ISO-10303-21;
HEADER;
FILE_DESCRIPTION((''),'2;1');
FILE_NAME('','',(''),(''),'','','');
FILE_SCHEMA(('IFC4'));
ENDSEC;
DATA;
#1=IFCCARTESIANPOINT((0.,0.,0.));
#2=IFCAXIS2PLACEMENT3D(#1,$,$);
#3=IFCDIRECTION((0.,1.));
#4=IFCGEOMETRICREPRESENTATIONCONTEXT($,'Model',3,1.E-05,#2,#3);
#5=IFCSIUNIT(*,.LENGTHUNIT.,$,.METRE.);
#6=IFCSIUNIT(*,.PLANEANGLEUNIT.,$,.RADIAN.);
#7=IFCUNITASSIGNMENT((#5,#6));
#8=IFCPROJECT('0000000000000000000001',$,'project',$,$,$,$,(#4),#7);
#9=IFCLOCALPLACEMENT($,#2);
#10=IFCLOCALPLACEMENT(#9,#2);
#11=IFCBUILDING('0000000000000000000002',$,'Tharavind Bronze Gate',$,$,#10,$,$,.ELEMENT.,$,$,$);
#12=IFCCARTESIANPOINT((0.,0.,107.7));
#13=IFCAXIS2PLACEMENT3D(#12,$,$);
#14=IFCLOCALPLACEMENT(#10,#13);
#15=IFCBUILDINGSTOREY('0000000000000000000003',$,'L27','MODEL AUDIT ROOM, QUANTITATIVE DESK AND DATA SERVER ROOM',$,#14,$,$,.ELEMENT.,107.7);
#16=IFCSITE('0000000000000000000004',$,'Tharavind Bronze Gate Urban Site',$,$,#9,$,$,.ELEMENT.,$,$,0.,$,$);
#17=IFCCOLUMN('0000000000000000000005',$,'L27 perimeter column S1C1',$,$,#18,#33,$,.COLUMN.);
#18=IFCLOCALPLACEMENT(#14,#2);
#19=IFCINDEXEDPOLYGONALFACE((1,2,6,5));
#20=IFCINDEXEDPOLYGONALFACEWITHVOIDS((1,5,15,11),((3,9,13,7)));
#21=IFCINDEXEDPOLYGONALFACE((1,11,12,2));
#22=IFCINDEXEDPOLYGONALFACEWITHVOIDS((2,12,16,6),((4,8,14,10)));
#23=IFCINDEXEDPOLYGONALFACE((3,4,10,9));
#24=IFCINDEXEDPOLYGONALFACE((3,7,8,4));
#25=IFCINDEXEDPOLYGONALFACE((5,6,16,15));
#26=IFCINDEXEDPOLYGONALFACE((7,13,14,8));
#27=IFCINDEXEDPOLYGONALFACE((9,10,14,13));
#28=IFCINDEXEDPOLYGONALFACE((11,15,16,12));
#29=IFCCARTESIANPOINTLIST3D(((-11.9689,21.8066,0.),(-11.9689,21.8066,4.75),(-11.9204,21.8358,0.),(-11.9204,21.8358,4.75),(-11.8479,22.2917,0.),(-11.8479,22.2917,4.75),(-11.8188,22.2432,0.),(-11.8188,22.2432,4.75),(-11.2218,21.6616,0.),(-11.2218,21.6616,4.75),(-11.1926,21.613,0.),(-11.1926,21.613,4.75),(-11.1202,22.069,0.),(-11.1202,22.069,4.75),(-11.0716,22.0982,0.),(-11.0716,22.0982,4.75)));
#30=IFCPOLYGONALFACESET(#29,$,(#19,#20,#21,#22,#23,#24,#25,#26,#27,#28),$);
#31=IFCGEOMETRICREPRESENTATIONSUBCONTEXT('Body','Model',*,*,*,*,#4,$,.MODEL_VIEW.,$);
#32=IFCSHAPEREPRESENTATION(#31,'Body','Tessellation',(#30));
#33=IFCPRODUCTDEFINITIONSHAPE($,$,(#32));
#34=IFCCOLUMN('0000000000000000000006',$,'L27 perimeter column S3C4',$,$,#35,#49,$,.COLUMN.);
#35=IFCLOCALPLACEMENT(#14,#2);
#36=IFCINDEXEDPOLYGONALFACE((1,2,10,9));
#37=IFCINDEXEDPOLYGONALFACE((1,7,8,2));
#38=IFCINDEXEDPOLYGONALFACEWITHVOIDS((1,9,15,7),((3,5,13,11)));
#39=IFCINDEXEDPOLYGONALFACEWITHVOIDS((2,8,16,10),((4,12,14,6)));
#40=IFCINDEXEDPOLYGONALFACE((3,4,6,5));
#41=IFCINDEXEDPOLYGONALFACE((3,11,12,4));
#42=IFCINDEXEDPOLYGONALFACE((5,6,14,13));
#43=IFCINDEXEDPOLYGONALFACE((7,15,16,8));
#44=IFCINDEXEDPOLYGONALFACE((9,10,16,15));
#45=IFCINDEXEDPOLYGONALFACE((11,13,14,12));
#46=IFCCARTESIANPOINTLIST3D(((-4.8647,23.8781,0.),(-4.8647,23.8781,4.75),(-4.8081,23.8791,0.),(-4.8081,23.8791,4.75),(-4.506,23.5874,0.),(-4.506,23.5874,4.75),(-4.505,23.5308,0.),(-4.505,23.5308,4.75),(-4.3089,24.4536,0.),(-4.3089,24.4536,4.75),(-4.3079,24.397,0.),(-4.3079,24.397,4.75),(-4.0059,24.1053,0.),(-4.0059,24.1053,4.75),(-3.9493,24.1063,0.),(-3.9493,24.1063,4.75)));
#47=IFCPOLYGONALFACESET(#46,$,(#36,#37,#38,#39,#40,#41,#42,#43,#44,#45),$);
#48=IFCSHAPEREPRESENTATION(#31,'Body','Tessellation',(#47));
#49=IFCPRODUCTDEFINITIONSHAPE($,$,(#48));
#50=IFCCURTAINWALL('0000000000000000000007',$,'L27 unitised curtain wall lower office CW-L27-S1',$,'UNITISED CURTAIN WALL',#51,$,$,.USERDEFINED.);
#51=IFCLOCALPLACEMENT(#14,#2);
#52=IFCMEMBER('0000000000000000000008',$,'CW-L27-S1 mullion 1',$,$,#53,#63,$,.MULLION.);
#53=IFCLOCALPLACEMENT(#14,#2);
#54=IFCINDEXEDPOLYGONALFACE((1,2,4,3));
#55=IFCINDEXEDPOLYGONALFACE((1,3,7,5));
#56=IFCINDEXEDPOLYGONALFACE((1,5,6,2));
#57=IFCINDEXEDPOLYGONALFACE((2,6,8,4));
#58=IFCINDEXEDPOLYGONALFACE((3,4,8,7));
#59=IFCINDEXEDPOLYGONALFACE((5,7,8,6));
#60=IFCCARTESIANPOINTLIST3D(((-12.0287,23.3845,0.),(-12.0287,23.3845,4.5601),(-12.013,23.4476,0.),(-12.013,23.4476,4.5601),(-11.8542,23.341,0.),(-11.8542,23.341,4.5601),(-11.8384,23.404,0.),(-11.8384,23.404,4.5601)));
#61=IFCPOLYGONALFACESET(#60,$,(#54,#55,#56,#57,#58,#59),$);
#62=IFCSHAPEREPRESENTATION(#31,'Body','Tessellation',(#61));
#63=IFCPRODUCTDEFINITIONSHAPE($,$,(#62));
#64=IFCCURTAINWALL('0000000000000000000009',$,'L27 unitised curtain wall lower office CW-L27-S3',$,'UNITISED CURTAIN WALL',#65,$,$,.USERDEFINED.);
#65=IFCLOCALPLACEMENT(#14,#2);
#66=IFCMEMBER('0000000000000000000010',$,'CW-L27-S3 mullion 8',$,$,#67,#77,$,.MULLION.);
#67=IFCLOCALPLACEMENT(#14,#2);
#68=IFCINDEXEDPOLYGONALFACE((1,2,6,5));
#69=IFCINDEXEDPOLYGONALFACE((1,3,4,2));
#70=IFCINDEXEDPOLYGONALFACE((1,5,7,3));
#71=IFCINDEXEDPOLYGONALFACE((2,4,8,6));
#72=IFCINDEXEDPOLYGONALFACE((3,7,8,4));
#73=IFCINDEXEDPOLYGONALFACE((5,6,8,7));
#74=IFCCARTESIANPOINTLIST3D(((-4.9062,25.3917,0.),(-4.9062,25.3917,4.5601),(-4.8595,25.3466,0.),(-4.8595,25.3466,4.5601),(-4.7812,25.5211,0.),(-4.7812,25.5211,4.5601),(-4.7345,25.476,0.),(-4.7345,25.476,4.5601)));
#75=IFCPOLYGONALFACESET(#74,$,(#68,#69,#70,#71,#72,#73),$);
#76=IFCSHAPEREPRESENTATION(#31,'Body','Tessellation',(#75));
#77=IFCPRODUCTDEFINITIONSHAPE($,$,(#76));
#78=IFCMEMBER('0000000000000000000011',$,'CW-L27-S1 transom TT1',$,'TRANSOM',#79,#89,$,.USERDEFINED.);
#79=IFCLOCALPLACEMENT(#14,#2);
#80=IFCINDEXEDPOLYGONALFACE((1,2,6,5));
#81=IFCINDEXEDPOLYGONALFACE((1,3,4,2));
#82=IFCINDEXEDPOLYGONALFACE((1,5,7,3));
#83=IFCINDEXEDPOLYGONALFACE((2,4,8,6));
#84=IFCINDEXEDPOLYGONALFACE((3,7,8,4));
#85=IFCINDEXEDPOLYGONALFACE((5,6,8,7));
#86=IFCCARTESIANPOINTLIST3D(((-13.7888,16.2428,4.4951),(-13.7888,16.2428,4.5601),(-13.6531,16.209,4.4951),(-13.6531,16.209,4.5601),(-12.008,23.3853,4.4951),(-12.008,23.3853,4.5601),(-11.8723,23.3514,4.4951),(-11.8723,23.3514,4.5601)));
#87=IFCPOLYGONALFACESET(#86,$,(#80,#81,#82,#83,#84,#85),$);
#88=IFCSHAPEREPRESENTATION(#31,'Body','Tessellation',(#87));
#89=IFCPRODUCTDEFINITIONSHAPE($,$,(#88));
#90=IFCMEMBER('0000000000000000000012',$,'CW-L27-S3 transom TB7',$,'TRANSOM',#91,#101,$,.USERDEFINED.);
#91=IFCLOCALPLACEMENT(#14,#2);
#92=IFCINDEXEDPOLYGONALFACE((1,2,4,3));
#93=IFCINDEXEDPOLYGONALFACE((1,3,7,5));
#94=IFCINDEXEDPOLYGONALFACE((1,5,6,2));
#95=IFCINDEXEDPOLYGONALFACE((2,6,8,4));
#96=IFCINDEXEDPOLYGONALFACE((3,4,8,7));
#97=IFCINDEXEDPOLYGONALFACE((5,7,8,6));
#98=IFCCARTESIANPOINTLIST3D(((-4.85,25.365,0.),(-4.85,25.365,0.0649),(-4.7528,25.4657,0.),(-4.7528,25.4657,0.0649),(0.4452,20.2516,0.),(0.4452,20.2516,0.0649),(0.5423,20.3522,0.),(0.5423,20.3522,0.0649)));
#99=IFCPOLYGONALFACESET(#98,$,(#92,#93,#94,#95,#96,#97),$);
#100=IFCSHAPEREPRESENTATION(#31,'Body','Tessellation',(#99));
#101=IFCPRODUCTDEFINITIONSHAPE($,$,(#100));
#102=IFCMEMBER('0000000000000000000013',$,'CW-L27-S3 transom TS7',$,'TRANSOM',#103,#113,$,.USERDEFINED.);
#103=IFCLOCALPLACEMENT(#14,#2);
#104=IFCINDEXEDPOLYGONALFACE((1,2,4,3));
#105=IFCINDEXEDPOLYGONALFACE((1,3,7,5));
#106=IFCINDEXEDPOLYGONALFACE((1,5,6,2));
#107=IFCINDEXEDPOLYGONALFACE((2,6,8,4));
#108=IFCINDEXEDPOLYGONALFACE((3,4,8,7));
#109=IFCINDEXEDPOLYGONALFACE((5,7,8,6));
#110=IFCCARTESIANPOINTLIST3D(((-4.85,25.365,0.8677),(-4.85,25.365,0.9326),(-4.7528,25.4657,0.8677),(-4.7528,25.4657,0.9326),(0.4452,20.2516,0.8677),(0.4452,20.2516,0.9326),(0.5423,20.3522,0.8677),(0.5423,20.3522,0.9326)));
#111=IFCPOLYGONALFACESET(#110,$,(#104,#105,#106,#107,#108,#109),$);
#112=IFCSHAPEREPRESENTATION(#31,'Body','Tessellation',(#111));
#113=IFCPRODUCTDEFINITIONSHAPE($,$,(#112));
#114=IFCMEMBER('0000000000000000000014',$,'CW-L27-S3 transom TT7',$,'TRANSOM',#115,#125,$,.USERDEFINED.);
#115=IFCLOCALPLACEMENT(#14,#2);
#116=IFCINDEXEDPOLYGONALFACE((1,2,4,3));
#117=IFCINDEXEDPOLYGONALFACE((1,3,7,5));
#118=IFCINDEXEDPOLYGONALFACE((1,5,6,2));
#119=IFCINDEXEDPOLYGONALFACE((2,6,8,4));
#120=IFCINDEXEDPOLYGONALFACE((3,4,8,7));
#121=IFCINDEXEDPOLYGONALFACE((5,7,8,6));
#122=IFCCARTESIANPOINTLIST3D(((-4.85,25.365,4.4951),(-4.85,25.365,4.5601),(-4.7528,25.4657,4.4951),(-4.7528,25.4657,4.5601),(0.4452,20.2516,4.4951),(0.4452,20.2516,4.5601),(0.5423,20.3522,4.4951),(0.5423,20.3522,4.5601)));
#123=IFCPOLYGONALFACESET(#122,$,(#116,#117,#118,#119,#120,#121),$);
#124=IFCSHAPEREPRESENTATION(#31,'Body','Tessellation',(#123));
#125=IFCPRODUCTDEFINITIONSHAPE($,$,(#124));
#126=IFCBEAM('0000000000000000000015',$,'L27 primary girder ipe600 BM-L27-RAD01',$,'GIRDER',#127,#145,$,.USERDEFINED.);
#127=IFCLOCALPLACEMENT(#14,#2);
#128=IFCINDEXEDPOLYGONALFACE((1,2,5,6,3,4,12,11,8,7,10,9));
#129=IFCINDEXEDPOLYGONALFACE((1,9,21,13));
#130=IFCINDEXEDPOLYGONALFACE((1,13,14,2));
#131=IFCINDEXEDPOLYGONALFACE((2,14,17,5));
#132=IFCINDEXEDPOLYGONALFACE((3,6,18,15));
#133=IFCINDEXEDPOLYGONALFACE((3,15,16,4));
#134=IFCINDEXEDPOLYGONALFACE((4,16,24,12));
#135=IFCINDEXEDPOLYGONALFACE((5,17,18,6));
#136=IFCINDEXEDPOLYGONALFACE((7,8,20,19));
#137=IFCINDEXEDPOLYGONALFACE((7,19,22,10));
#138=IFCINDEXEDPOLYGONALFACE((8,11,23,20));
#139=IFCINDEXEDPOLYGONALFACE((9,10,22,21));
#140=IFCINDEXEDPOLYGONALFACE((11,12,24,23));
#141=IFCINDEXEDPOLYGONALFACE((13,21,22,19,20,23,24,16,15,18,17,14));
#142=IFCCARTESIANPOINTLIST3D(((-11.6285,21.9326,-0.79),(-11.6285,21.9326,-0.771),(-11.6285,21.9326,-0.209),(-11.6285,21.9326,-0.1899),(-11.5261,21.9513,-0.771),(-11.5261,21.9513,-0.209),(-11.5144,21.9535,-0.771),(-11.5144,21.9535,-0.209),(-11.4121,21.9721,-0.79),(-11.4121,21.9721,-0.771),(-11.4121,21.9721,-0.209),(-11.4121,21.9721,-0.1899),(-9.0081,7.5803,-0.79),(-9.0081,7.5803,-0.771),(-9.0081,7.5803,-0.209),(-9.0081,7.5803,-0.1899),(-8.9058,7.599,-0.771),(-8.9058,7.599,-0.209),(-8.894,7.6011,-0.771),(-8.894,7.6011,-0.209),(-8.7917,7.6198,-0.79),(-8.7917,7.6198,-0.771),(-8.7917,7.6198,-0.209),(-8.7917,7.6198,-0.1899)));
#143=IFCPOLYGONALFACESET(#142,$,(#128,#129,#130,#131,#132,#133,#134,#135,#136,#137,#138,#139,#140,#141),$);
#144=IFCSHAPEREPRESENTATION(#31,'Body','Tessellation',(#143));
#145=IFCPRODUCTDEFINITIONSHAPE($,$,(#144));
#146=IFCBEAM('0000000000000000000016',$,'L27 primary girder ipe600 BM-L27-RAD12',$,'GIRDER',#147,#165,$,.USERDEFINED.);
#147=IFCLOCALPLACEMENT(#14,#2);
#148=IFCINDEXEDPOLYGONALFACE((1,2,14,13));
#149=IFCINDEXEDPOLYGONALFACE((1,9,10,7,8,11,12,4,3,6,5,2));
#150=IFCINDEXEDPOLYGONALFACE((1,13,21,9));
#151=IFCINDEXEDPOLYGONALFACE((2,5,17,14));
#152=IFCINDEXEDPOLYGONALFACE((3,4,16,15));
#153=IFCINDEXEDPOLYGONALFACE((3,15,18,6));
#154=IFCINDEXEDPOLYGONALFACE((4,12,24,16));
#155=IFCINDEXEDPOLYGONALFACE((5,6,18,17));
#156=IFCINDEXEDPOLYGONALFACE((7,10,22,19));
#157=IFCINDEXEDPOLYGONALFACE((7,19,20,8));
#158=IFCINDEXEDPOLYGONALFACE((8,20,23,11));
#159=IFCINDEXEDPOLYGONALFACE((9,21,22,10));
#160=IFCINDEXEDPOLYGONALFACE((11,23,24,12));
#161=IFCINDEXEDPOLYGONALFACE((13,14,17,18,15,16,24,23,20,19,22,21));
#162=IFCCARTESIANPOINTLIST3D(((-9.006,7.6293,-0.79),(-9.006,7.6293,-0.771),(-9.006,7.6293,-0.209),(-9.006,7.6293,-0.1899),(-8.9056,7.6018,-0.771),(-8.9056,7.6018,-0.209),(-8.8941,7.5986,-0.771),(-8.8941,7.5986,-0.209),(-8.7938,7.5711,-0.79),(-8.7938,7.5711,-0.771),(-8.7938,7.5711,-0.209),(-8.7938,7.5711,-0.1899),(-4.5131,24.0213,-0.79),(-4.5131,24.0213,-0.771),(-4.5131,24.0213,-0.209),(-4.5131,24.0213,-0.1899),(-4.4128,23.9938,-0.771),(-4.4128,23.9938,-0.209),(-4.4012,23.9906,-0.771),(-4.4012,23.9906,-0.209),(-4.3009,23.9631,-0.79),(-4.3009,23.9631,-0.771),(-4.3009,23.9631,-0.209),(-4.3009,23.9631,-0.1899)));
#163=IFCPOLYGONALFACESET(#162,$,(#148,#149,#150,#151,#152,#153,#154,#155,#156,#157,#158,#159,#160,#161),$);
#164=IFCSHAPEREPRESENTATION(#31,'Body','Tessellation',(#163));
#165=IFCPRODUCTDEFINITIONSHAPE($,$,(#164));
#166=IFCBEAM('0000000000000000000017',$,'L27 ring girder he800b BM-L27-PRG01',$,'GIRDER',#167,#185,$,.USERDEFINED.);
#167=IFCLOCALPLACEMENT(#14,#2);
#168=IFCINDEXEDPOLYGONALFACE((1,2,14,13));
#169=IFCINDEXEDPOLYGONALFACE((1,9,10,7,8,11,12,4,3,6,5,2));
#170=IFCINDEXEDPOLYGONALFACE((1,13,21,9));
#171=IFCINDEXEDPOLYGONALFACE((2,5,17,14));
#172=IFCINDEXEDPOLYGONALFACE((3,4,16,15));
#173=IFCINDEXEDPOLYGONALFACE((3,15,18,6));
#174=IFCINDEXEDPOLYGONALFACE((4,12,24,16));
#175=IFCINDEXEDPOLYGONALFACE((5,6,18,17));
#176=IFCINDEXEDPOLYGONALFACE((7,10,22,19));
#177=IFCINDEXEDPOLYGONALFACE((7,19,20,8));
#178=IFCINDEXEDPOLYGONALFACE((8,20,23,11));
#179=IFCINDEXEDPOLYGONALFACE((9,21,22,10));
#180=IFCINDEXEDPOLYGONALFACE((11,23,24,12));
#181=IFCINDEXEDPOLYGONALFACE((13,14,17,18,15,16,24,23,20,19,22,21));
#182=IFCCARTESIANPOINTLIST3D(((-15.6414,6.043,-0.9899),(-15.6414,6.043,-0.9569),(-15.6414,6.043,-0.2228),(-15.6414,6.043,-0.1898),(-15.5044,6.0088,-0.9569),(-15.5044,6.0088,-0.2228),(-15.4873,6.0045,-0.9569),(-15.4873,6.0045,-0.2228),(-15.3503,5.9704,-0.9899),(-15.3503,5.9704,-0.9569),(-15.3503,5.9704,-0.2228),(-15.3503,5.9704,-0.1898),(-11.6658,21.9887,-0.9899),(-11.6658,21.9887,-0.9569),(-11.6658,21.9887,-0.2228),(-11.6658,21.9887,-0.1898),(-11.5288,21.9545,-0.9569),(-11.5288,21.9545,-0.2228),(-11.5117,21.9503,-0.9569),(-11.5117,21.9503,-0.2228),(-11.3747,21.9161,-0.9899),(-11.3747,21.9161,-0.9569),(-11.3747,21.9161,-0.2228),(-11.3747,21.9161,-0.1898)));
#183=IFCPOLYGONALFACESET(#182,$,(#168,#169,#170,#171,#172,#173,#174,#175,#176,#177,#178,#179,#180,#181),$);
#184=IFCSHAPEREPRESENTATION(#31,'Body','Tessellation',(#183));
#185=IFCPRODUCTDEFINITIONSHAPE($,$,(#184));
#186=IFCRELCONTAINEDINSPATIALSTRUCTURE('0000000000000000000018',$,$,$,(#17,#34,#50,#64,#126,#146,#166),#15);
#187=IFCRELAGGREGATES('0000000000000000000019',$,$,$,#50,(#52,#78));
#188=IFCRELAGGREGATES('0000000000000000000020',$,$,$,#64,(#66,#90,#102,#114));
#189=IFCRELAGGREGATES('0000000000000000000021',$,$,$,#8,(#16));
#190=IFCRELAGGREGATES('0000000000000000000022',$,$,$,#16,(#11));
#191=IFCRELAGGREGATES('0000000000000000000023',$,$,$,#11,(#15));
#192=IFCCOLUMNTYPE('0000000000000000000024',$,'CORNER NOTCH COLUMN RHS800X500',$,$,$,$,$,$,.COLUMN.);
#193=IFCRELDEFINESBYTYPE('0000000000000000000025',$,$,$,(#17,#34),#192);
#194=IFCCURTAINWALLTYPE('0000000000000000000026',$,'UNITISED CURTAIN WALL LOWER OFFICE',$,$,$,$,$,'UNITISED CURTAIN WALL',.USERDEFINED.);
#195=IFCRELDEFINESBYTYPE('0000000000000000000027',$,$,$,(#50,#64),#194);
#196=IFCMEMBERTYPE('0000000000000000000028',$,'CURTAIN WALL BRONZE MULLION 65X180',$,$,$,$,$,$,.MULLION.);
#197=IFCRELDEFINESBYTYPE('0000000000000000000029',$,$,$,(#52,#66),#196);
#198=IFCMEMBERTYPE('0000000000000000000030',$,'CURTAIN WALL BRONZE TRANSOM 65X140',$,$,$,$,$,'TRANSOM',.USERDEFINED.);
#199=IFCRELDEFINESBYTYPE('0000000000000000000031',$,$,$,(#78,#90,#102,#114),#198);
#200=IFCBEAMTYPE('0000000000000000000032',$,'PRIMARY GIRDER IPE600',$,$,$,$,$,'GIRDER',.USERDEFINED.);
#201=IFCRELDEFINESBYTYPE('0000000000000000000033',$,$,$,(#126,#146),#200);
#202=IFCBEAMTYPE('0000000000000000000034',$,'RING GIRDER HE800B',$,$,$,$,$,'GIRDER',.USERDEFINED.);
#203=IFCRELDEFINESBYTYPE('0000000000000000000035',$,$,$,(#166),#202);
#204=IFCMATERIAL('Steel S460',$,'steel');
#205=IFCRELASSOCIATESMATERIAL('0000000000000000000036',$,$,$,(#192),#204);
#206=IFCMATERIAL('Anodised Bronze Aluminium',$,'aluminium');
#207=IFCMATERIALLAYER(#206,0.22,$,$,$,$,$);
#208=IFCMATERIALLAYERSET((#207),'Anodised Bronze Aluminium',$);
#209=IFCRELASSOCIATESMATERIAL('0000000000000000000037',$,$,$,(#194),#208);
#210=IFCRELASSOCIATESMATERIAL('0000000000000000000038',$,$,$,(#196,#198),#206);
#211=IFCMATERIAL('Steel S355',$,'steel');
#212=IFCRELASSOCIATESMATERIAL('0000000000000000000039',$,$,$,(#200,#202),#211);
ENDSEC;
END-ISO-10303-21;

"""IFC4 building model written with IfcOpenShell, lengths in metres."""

from ifc_helpers import new_model, si_unit, direction, frame, origin, origin_2d, place, context, subcontext, project, spatial, rectangle, hollow_rectangle, i_section, extrude, material, layer, layer_set, material_profile, profile_set, type_object, element, aggregate, save


model = new_model("IFC4")

# Units and contexts
model_context = context("Model", 3, precision=1e-05, world=origin(), true_north=direction((0.0, 1.0)))
body_context = subcontext(model_context, "Body", "Model", "MODEL_VIEW")
ifc_project = project(units=[si_unit("LENGTHUNIT", "METRE"), si_unit("PLANEANGLEUNIT", "RADIAN")], contexts=[model_context])

# Site, building, storey
site_placement = place(None, origin())
site = spatial("IfcSite", under=ifc_project, at=site_placement, Name="Tharavind Bronze Gate Urban Site", CompositionType="ELEMENT", RefElevation=0.0)
building_placement = place(site_placement, origin())
building = spatial("IfcBuilding", under=site, at=building_placement, Name="Tharavind Bronze Gate", CompositionType="ELEMENT")
storey_placement = place(building_placement, frame((0.0, 0.0, 107.7)))
storey = spatial("IfcBuildingStorey", under=building, at=storey_placement, Name="L27", Description="MODEL AUDIT ROOM, QUANTITATIVE DESK AND DATA SERVER ROOM", CompositionType="ELEMENT", Elevation=107.7)

# Columns
ifc_material_1 = material(Name="Steel S460", Category="steel")
ifc_material_profile_1 = material_profile(ifc_material_1, hollow_rectangle(XDim=0.5, YDim=0.8, WallThickness=0.04, at=origin_2d()), Name="RHS800X500X40")
ifc_profile_set_1 = profile_set([ifc_material_profile_1], Name="Steel S460")
column_type = type_object("IfcColumnType", Name="CORNER NOTCH COLUMN RHS800X500", PredefinedType="COLUMN", material=ifc_profile_set_1)
for number, where, z_axis, x_axis, name in (
    (1, (-11.5203, 21.9524, 0.0), (0.0, 0.0, 1.0), (0.241922, 0.970296, 0.0), "L27 perimeter column S1C1"),
    (2, (-4.407, 23.9922, 0.0), (0.0, 0.0, 1.0), (-0.71934, 0.694658, 0.0), "L27 perimeter column S3C4"),
):
    element("IfcColumn", number, at=place(storey_placement, frame(where, z_axis=z_axis, x_axis=x_axis)), inside=storey, type_object=column_type, Name=name, PredefinedType="COLUMN", context=body_context, shape_type="SweptSolid", body=[
        extrude(hollow_rectangle(XDim=0.5, YDim=0.8, WallThickness=0.04, at=origin_2d()), origin(), (0.0, 0.0, 1.0), 4.75),
    ])

# Curtain walls, members
ifc_material_2 = material(Name="Anodised Bronze Aluminium", Category="aluminium")
ifc_layer_1 = layer(ifc_material_2, 0.22)
ifc_layer_set_1 = layer_set([ifc_layer_1], Name="Anodised Bronze Aluminium")
curtain_wall_type = type_object("IfcCurtainWallType", Name="UNITISED CURTAIN WALL LOWER OFFICE", ElementType="UNITISED CURTAIN WALL", PredefinedType="USERDEFINED", material=ifc_layer_set_1)
curtain_wall_1_placement = place(storey_placement, origin())
curtain_wall_1 = element("IfcCurtainWall", 3, at=curtain_wall_1_placement, inside=storey, type_object=curtain_wall_type, Name="L27 unitised curtain wall lower office CW-L27-S1", ObjectType="UNITISED CURTAIN WALL", PredefinedType="USERDEFINED")
member_type_1 = type_object("IfcMemberType", Name="CURTAIN WALL BRONZE MULLION 65X180", PredefinedType="MULLION", material=ifc_material_2)
member_1_placement = place(storey_placement, frame((-11.9336, 23.3943, 0.0), z_axis=(0.0, 0.0, 1.0), x_axis=(-0.241922, -0.970296, 0.0)))
member_1 = element("IfcMember", 4, at=member_1_placement, type_object=member_type_1, Name="CW-L27-S1 mullion 1", PredefinedType="MULLION", context=body_context, shape_type="SweptSolid", body=[
    extrude(rectangle(XDim=0.0649, YDim=0.1799, at=origin_2d()), origin(), (0.0, 0.0, 1.0), 4.5601),
])
curtain_wall_2_placement = place(storey_placement, origin())
curtain_wall_2 = element("IfcCurtainWall", 5, at=curtain_wall_2_placement, inside=storey, type_object=curtain_wall_type, Name="L27 unitised curtain wall lower office CW-L27-S3", ObjectType="UNITISED CURTAIN WALL", PredefinedType="USERDEFINED")
member_2_placement = place(storey_placement, frame((-4.8203, 25.4338, 0.0), z_axis=(0.0, 0.0, 1.0), x_axis=(-0.719341, 0.694657, 0.0)))
member_2 = element("IfcMember", 6, at=member_2_placement, type_object=member_type_1, Name="CW-L27-S3 mullion 8", PredefinedType="MULLION", context=body_context, shape_type="SweptSolid", body=[
    extrude(rectangle(XDim=0.0649, YDim=0.1799, at=origin_2d()), origin(), (0.0, 0.0, 1.0), 4.5601),
])

# Members
member_type_2 = type_object("IfcMemberType", Name="CURTAIN WALL BRONZE TRANSOM 65X140", ElementType="TRANSOM", PredefinedType="USERDEFINED", material=ifc_material_2)
member_3_placement = place(storey_placement, frame((-12.8306, 19.7971, 4.4951), z_axis=(0.0, 0.0, 1.0), x_axis=(-0.241922, -0.970296, 0.0)))
member_3 = element("IfcMember", 7, at=member_3_placement, type_object=member_type_2, Name="CW-L27-S1 transom TT1", ObjectType="TRANSOM", PredefinedType="USERDEFINED", context=body_context, shape_type="SweptSolid", body=[
    extrude(rectangle(XDim=7.3611, YDim=0.1399, at=origin_2d()), origin(), (0.0, 0.0, 1.0), 0.0649),
])
member_4_placement = place(storey_placement, frame((-2.1538, 22.8586, 0.0), z_axis=(0.0, 0.0, 1.0), x_axis=(-0.719341, 0.694657, 0.0)))
member_4 = element("IfcMember", 8, at=member_4_placement, type_object=member_type_2, Name="CW-L27-S3 transom TB7", ObjectType="TRANSOM", PredefinedType="USERDEFINED", context=body_context, shape_type="SweptSolid", body=[
    extrude(rectangle(XDim=7.3611, YDim=0.1399, at=origin_2d()), origin(), (0.0, 0.0, 1.0), 0.0649),
])
member_5_placement = place(storey_placement, frame((-2.1538, 22.8586, 0.8677), z_axis=(0.0, 0.0, 1.0), x_axis=(-0.719341, 0.694657, 0.0)))
member_5 = element("IfcMember", 9, at=member_5_placement, type_object=member_type_2, Name="CW-L27-S3 transom TS7", ObjectType="TRANSOM", PredefinedType="USERDEFINED", context=body_context, shape_type="SweptSolid", body=[
    extrude(rectangle(XDim=7.3611, YDim=0.1399, at=origin_2d()), origin(), (0.0, 0.0, 1.0), 0.0649),
])
member_6_placement = place(storey_placement, frame((-2.1538, 22.8586, 4.4951), z_axis=(0.0, 0.0, 1.0), x_axis=(-0.719341, 0.694657, 0.0)))
member_6 = element("IfcMember", 10, at=member_6_placement, type_object=member_type_2, Name="CW-L27-S3 transom TT7", ObjectType="TRANSOM", PredefinedType="USERDEFINED", context=body_context, shape_type="SweptSolid", body=[
    extrude(rectangle(XDim=7.3611, YDim=0.1399, at=origin_2d()), origin(), (0.0, 0.0, 1.0), 0.0649),
])

# Beams
ifc_material_3 = material(Name="Steel S355", Category="steel")
ifc_material_profile_2 = material_profile(ifc_material_3, i_section(OverallWidth=0.22, OverallDepth=0.6001, WebThickness=0.012, FlangeThickness=0.019, at=origin_2d()), Name="IPE600")
ifc_profile_set_2 = profile_set([ifc_material_profile_2], Name="Steel S355")
beam_type_1 = type_object("IfcBeamType", Name="PRIMARY GIRDER IPE600", ElementType="GIRDER", PredefinedType="USERDEFINED", material=ifc_profile_set_2)
beam_1_placement = place(storey_placement, frame((-11.5203, 21.9524, -0.49), z_axis=(0.179605, -0.983739, 0.0), x_axis=(0.983739, 0.179605, 0.0)))
element("IfcBeam", 11, at=beam_1_placement, inside=storey, type_object=beam_type_1, Name="L27 primary girder ipe600 BM-L27-RAD01", ObjectType="GIRDER", PredefinedType="USERDEFINED", context=body_context, shape_type="SweptSolid", body=[
    extrude(i_section(OverallWidth=0.22, OverallDepth=0.6001, WebThickness=0.012, FlangeThickness=0.019, at=origin_2d()), origin(), (0.0, 0.0, 1.0), 14.5896),
])
beam_2_placement = place(storey_placement, frame((-4.407, 23.9922, -0.49), z_axis=(-0.264341, -0.964429, 0.0), x_axis=(0.964429, -0.264341, 0.0)))
element("IfcBeam", 12, at=beam_2_placement, inside=storey, type_object=beam_type_1, Name="L27 primary girder ipe600 BM-L27-RAD12", ObjectType="GIRDER", PredefinedType="USERDEFINED", context=body_context, shape_type="SweptSolid", body=[
    extrude(i_section(OverallWidth=0.22, OverallDepth=0.6001, WebThickness=0.012, FlangeThickness=0.019, at=origin_2d()), origin(), (0.0, 0.0, 1.0), 16.9966),
])
ifc_material_profile_3 = material_profile(ifc_material_3, i_section(OverallWidth=0.3, OverallDepth=0.8, WebThickness=0.0176, FlangeThickness=0.033, at=origin_2d()), Name="HE800B")
ifc_profile_set_3 = profile_set([ifc_material_profile_3], Name="Steel S355")
beam_type_2 = type_object("IfcBeamType", Name="RING GIRDER HE800B", ElementType="GIRDER", PredefinedType="USERDEFINED", material=ifc_profile_set_3)
beam_3_placement = place(storey_placement, frame((-11.5203, 21.9524, -0.5898), z_axis=(-0.241913, -0.970298, 0.0), x_axis=(0.970298, -0.241913, 0.0)))
element("IfcBeam", 13, at=beam_3_placement, inside=storey, type_object=beam_type_2, Name="L27 ring girder he800b BM-L27-PRG01", ObjectType="GIRDER", PredefinedType="USERDEFINED", context=body_context, shape_type="SweptSolid", body=[
    extrude(i_section(OverallWidth=0.3, OverallDepth=0.8, WebThickness=0.0176, FlangeThickness=0.033, at=origin_2d()), origin(), (0.0, 0.0, 1.0), 16.4338),
])

aggregate(curtain_wall_1, [member_1, member_3])
aggregate(curtain_wall_2, [member_2, member_4, member_5, member_6])

save(model, "model.ifc")
